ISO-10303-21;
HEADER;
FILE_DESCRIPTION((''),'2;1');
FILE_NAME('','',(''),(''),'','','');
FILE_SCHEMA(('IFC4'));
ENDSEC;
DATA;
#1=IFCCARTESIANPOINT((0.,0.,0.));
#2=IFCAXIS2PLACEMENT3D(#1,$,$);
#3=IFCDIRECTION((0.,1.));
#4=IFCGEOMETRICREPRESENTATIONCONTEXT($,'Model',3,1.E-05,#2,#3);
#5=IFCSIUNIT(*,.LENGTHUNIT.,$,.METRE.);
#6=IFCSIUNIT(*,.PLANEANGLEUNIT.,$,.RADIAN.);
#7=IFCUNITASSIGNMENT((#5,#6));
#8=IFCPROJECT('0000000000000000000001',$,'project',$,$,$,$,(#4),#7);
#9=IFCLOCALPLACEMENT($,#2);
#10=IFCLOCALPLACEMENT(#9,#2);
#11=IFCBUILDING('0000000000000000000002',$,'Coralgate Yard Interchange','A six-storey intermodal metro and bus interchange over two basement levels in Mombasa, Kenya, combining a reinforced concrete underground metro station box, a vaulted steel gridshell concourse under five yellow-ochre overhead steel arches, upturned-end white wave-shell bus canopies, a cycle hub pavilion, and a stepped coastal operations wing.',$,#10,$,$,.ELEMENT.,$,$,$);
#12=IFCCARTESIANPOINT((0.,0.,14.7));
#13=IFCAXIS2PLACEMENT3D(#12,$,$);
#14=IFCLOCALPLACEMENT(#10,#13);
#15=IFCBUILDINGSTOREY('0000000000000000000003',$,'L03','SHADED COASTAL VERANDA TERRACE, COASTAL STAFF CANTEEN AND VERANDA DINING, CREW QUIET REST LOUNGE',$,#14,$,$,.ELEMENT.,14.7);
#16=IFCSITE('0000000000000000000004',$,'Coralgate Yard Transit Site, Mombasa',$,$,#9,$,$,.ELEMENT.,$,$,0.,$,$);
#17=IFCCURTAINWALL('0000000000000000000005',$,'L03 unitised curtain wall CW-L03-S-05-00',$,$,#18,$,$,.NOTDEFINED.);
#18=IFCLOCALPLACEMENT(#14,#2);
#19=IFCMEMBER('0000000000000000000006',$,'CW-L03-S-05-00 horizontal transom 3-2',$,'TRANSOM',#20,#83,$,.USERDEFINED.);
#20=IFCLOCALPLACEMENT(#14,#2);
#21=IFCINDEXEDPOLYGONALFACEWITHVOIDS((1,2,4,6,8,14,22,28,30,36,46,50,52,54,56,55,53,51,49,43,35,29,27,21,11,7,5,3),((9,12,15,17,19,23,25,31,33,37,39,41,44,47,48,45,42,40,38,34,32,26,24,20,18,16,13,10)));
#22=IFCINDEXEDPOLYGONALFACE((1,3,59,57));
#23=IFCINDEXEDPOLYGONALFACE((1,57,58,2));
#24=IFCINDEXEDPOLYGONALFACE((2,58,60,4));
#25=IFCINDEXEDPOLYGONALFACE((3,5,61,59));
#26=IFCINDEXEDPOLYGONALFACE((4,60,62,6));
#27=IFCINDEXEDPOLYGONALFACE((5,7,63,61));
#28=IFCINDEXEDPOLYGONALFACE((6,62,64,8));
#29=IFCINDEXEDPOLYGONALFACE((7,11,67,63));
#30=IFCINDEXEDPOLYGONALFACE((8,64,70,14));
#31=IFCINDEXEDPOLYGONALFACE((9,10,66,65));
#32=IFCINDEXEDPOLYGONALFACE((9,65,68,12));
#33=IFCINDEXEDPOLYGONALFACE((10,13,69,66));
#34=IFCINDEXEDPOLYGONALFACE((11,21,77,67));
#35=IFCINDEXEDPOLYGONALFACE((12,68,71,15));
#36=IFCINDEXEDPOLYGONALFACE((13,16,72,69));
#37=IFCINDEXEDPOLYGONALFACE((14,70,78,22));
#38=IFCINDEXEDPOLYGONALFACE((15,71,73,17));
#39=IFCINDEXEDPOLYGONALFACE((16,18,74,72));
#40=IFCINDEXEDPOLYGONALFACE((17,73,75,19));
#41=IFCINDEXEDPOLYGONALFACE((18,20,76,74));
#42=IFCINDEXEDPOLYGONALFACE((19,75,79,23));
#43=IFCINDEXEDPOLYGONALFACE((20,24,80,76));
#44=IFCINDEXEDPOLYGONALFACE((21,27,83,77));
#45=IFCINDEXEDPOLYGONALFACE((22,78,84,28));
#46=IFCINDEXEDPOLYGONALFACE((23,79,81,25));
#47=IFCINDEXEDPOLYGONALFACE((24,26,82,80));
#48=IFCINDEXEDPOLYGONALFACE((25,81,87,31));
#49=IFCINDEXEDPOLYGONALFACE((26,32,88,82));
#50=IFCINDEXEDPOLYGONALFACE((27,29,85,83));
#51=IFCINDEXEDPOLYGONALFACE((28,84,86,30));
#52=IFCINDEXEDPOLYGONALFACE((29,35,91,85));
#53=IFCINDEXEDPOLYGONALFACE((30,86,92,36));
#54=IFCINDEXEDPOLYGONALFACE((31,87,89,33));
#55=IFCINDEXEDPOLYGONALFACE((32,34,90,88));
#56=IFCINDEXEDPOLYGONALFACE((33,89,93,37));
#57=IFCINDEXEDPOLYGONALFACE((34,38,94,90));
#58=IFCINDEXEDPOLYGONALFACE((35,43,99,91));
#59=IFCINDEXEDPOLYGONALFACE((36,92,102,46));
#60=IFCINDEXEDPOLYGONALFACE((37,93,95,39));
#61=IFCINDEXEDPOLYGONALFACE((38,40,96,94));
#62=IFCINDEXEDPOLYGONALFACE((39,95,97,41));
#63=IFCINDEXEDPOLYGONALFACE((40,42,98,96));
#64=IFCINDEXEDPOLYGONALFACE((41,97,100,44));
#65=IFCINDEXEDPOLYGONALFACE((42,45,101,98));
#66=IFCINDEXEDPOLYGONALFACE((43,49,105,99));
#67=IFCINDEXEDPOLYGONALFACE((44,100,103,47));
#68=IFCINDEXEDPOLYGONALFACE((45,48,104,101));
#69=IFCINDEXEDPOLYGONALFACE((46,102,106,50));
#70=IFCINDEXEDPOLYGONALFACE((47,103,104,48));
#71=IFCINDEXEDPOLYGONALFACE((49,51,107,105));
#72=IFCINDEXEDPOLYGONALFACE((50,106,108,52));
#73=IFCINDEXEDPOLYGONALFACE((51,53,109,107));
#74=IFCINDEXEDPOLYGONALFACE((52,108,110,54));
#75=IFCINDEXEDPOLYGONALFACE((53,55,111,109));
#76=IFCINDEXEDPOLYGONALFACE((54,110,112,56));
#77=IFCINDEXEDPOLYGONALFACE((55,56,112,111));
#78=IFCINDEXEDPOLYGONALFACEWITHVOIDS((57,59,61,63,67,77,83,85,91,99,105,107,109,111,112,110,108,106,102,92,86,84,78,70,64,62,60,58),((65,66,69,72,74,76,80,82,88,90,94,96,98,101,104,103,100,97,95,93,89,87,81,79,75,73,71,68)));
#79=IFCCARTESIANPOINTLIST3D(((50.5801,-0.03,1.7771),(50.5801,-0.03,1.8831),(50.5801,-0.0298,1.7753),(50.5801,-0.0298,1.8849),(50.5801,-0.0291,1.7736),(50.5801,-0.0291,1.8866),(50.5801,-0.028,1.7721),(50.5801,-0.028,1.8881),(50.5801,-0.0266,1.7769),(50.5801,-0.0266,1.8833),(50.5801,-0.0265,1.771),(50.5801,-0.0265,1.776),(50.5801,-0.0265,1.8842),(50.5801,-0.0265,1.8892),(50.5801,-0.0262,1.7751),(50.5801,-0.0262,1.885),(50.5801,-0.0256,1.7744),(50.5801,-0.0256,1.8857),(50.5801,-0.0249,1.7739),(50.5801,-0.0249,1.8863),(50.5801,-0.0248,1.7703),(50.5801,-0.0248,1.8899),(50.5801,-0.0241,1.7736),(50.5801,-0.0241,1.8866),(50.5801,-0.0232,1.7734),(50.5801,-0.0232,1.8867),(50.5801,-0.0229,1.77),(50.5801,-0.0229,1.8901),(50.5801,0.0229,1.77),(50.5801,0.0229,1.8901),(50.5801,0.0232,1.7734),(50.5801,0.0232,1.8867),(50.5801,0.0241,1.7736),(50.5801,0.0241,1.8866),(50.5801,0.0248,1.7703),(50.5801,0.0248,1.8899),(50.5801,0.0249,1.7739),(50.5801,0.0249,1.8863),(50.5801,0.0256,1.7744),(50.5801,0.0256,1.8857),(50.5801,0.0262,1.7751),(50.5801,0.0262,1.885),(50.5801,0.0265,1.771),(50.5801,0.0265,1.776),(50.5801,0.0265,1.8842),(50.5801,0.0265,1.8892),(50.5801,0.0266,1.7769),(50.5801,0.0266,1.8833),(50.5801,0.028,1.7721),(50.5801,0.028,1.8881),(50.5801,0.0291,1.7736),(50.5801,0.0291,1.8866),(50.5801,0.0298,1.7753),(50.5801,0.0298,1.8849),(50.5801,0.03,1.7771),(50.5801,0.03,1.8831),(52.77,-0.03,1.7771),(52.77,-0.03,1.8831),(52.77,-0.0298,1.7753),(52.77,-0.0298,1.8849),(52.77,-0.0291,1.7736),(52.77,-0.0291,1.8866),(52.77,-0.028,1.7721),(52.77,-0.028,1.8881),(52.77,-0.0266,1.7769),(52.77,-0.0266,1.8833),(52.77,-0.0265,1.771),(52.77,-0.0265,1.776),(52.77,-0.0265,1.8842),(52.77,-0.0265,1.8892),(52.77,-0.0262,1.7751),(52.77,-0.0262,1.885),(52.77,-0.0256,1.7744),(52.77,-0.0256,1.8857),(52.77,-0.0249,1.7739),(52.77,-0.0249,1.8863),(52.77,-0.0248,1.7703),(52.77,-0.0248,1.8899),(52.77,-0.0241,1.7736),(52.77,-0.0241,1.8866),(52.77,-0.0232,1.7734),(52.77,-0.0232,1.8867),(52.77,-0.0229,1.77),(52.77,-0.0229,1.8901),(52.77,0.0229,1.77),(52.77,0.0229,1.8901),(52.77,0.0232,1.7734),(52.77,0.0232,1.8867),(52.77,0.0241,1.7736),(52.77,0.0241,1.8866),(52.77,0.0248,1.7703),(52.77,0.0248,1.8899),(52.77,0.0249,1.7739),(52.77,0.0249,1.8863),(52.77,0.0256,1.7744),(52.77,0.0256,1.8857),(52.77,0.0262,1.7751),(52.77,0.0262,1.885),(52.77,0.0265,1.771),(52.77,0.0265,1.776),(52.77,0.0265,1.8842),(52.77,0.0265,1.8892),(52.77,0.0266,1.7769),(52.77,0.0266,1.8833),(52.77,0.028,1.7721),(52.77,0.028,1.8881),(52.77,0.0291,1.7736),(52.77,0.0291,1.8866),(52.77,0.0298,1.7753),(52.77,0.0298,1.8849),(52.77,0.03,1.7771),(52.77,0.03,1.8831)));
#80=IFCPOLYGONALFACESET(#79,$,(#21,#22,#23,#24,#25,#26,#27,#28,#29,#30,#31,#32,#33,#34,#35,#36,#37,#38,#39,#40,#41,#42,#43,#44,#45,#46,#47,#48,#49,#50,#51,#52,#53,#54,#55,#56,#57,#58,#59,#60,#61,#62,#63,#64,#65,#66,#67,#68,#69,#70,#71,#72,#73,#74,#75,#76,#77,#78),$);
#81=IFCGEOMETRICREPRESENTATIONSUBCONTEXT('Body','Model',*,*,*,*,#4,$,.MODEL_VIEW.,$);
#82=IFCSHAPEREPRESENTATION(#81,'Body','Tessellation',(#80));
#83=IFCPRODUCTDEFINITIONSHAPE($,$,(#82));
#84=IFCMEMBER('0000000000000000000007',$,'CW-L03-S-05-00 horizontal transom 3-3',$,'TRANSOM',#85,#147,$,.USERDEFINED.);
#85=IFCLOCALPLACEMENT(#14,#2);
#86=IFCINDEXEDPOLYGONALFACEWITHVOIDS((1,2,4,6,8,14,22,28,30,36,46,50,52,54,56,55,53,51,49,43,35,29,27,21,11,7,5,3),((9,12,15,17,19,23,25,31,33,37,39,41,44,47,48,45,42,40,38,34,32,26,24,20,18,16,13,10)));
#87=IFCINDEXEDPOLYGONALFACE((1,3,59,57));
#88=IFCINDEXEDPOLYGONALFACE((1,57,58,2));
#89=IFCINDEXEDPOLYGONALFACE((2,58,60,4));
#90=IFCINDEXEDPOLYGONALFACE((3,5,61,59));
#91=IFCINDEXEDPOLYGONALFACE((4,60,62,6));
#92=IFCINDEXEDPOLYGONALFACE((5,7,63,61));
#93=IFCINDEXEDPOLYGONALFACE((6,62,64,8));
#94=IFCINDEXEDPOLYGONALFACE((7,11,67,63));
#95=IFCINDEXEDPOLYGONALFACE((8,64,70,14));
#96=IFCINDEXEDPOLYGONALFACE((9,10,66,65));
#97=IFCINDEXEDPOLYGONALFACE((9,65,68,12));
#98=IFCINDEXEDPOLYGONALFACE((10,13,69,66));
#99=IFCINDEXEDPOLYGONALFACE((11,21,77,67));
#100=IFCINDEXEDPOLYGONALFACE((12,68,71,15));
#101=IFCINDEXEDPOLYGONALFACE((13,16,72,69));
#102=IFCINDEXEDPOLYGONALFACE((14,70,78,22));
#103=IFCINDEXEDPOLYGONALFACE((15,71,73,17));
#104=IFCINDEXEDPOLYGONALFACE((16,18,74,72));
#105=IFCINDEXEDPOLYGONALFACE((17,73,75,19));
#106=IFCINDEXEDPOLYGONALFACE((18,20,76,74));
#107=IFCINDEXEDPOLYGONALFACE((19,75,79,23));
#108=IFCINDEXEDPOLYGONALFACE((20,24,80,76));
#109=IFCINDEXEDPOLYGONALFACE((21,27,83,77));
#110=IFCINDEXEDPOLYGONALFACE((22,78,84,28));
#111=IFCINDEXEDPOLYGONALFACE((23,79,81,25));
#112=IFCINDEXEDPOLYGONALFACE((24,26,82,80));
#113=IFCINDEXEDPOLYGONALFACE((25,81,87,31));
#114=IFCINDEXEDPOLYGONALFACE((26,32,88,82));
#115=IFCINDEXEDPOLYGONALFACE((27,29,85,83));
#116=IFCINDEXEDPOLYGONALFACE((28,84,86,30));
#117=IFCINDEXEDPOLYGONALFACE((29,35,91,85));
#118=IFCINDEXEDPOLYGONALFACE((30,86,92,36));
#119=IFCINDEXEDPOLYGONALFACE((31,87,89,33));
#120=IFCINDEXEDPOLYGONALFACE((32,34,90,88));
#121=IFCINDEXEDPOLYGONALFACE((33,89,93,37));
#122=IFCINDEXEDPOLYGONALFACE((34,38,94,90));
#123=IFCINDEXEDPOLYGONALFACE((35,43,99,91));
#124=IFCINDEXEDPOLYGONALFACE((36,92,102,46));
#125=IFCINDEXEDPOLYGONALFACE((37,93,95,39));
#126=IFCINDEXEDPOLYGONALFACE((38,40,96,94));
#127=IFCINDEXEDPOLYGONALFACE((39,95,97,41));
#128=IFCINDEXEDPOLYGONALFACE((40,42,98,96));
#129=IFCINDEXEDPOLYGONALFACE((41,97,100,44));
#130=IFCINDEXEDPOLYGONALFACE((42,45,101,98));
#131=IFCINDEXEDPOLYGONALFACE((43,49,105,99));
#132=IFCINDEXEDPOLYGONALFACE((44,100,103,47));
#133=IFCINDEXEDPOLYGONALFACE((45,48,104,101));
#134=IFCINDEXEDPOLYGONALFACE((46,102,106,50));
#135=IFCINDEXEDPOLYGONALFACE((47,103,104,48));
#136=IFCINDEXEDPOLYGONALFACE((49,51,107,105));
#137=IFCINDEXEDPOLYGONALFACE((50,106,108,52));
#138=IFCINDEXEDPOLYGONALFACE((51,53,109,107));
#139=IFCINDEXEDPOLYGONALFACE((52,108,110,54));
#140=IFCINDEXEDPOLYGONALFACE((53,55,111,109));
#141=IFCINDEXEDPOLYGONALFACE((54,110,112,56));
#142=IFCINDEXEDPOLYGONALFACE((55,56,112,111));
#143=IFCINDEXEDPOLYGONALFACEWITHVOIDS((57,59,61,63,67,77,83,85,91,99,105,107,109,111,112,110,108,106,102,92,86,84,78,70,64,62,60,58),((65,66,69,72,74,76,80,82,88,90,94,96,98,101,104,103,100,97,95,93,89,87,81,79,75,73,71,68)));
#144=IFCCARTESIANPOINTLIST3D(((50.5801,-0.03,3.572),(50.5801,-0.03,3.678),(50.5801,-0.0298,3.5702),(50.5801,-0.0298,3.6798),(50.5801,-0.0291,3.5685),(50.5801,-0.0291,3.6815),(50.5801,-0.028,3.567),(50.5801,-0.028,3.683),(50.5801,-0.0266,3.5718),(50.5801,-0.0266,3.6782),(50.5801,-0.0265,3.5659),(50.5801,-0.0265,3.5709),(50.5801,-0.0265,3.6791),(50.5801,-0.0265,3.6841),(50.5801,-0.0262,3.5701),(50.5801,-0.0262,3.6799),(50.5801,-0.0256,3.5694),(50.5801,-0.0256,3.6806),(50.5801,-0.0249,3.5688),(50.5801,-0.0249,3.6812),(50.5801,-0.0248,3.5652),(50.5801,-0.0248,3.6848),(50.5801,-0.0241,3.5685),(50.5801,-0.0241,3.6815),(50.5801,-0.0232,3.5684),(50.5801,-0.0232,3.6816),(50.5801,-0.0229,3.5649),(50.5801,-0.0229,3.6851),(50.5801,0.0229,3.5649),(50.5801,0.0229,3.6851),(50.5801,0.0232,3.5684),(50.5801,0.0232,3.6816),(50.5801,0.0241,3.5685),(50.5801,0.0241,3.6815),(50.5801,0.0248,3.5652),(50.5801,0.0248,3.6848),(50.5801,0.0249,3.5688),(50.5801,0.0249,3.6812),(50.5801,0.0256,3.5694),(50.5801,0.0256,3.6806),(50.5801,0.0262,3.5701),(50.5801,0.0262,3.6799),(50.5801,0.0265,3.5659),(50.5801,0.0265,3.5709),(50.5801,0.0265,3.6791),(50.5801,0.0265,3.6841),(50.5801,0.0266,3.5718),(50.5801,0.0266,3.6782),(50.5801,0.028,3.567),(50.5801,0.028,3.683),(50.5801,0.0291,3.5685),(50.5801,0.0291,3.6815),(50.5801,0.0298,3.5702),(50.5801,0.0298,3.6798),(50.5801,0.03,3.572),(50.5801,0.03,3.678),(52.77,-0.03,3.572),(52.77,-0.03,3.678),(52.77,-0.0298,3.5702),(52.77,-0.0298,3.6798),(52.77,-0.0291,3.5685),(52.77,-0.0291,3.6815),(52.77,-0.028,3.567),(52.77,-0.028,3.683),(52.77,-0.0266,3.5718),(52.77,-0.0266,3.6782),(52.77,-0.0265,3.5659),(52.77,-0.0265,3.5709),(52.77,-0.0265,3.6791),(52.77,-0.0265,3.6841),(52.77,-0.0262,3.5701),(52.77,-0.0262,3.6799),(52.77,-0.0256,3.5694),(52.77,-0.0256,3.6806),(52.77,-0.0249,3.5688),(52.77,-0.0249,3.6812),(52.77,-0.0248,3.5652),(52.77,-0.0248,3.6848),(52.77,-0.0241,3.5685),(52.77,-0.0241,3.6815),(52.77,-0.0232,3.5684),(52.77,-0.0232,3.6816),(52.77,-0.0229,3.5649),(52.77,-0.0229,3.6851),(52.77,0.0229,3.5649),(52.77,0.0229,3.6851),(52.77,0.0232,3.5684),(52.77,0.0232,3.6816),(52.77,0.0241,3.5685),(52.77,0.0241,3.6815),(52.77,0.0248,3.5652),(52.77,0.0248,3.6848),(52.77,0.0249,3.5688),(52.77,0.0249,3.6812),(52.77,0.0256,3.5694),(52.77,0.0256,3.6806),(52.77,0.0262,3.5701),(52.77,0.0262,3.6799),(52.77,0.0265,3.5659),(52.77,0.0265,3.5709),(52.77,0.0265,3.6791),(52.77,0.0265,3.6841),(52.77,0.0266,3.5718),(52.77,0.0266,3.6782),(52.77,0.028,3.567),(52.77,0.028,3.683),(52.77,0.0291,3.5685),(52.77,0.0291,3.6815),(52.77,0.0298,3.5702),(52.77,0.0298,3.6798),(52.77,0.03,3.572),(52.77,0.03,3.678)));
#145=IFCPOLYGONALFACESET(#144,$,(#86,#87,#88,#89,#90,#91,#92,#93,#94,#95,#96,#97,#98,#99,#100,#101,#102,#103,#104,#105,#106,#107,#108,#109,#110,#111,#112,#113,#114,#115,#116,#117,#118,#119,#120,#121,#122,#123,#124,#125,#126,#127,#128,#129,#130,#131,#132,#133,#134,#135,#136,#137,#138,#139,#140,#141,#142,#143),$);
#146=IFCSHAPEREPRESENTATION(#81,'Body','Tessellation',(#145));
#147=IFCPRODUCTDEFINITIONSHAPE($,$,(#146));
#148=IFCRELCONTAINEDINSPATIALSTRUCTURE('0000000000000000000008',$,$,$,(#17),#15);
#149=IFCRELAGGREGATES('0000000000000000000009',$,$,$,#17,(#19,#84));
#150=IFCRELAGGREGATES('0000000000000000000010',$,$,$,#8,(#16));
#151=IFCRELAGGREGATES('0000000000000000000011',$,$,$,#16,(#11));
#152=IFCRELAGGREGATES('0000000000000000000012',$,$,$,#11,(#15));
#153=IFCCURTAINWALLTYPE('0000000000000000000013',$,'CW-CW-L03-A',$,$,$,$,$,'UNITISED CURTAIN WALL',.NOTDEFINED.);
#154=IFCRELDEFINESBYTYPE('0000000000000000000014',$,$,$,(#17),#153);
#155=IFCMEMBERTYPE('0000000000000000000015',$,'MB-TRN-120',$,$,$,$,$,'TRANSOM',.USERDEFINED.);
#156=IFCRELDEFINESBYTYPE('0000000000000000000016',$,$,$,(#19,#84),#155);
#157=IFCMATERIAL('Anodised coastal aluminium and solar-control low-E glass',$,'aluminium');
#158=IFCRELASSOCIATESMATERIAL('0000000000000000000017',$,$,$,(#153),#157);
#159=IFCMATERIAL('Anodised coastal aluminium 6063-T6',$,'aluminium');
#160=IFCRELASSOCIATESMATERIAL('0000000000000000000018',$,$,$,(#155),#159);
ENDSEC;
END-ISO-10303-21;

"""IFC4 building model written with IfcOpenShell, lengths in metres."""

from ifc_helpers import new_model, si_unit, direction, frame, origin, origin_2d, place, context, subcontext, project, spatial, hollow_rectangle, extrude, material, material_profile, profile_set, type_object, element, aggregate, save


model = new_model("IFC4")

# Units and contexts
model_context = context("Model", 3, precision=1e-05, world=origin(), true_north=direction((0.0, 1.0)))
body_context = subcontext(model_context, "Body", "Model", "MODEL_VIEW")
ifc_project = project(units=[si_unit("LENGTHUNIT", "METRE"), si_unit("PLANEANGLEUNIT", "RADIAN")], contexts=[model_context])

# Site, building, storey
site_placement = place(None, origin())
site = spatial("IfcSite", under=ifc_project, at=site_placement, Name="Coralgate Yard Transit Site, Mombasa", CompositionType="ELEMENT", RefElevation=0.0)
building_placement = place(site_placement, origin())
building = spatial("IfcBuilding", under=site, at=building_placement, Name="Coralgate Yard Interchange", Description="A six-storey intermodal metro and bus interchange over two basement levels in Mombasa, Kenya, combining a reinforced concrete underground metro station box, a vaulted steel gridshell concourse under five yellow-ochre overhead steel arches, upturned-end white wave-shell bus canopies, a cycle hub pavilion, and a stepped coastal operations wing.", CompositionType="ELEMENT")
storey_placement = place(building_placement, frame((0.0, 0.0, 14.7)))
storey = spatial("IfcBuildingStorey", under=building, at=storey_placement, Name="L03", Description="SHADED COASTAL VERANDA TERRACE, COASTAL STAFF CANTEEN AND VERANDA DINING, CREW QUIET REST LOUNGE", CompositionType="ELEMENT", Elevation=14.7)

# Curtain wall, members
ifc_material_1 = material(Name="Anodised coastal aluminium and solar-control low-E glass", Category="aluminium")
curtain_wall_type = type_object("IfcCurtainWallType", Name="CW-CW-L03-A", ElementType="UNITISED CURTAIN WALL", PredefinedType="NOTDEFINED", material=ifc_material_1)
curtain_wall_placement = place(storey_placement, origin())
curtain_wall = element("IfcCurtainWall", 1, at=curtain_wall_placement, inside=storey, type_object=curtain_wall_type, Name="L03 unitised curtain wall CW-L03-S-05-00", PredefinedType="NOTDEFINED")
ifc_material_2 = material(Name="Anodised coastal aluminium 6063-T6", Category="aluminium")
ifc_material_profile_1 = material_profile(ifc_material_2, hollow_rectangle(XDim=0.0601, YDim=0.1201, WallThickness=0.0034, InnerFilletRadius=0.0034, OuterFilletRadius=0.0071, at=origin_2d()), Name="ALU 60x120x3.5")
ifc_profile_set_1 = profile_set([ifc_material_profile_1], Name="Anodised coastal aluminium 6063-T6")
member_type_1 = type_object("IfcMemberType", Name="MB-TRN-120", ElementType="TRANSOM", PredefinedType="USERDEFINED", material=ifc_profile_set_1)
member_1_placement = place(storey_placement, frame((52.77, 0.0, 1.8301), z_axis=(-1.0, 0.0, 0.0), x_axis=(0.0, -1.0, 0.0)))
member_1 = element("IfcMember", 2, at=member_1_placement, type_object=member_type_1, Name="CW-L03-S-05-00 horizontal transom 3-2", ObjectType="TRANSOM", PredefinedType="USERDEFINED", context=body_context, shape_type="SweptSolid", body=[
    extrude(hollow_rectangle(XDim=0.0601, YDim=0.1201, WallThickness=0.0034, InnerFilletRadius=0.0034, OuterFilletRadius=0.0071, at=origin_2d()), origin(), (0.0, 0.0, 1.0), 2.1899),
])
member_2_placement = place(storey_placement, frame((52.77, 0.0, 3.625), z_axis=(-1.0, 0.0, 0.0), x_axis=(0.0, -1.0, 0.0)))
member_2 = element("IfcMember", 3, at=member_2_placement, type_object=member_type_1, Name="CW-L03-S-05-00 horizontal transom 3-3", ObjectType="TRANSOM", PredefinedType="USERDEFINED", context=body_context, shape_type="SweptSolid", body=[
    extrude(hollow_rectangle(XDim=0.0601, YDim=0.1201, WallThickness=0.0034, InnerFilletRadius=0.0034, OuterFilletRadius=0.0071, at=origin_2d()), origin(), (0.0, 0.0, 1.0), 2.1899),
])
aggregate(curtain_wall, [member_1, member_2])

save(model, "model.ifc")
